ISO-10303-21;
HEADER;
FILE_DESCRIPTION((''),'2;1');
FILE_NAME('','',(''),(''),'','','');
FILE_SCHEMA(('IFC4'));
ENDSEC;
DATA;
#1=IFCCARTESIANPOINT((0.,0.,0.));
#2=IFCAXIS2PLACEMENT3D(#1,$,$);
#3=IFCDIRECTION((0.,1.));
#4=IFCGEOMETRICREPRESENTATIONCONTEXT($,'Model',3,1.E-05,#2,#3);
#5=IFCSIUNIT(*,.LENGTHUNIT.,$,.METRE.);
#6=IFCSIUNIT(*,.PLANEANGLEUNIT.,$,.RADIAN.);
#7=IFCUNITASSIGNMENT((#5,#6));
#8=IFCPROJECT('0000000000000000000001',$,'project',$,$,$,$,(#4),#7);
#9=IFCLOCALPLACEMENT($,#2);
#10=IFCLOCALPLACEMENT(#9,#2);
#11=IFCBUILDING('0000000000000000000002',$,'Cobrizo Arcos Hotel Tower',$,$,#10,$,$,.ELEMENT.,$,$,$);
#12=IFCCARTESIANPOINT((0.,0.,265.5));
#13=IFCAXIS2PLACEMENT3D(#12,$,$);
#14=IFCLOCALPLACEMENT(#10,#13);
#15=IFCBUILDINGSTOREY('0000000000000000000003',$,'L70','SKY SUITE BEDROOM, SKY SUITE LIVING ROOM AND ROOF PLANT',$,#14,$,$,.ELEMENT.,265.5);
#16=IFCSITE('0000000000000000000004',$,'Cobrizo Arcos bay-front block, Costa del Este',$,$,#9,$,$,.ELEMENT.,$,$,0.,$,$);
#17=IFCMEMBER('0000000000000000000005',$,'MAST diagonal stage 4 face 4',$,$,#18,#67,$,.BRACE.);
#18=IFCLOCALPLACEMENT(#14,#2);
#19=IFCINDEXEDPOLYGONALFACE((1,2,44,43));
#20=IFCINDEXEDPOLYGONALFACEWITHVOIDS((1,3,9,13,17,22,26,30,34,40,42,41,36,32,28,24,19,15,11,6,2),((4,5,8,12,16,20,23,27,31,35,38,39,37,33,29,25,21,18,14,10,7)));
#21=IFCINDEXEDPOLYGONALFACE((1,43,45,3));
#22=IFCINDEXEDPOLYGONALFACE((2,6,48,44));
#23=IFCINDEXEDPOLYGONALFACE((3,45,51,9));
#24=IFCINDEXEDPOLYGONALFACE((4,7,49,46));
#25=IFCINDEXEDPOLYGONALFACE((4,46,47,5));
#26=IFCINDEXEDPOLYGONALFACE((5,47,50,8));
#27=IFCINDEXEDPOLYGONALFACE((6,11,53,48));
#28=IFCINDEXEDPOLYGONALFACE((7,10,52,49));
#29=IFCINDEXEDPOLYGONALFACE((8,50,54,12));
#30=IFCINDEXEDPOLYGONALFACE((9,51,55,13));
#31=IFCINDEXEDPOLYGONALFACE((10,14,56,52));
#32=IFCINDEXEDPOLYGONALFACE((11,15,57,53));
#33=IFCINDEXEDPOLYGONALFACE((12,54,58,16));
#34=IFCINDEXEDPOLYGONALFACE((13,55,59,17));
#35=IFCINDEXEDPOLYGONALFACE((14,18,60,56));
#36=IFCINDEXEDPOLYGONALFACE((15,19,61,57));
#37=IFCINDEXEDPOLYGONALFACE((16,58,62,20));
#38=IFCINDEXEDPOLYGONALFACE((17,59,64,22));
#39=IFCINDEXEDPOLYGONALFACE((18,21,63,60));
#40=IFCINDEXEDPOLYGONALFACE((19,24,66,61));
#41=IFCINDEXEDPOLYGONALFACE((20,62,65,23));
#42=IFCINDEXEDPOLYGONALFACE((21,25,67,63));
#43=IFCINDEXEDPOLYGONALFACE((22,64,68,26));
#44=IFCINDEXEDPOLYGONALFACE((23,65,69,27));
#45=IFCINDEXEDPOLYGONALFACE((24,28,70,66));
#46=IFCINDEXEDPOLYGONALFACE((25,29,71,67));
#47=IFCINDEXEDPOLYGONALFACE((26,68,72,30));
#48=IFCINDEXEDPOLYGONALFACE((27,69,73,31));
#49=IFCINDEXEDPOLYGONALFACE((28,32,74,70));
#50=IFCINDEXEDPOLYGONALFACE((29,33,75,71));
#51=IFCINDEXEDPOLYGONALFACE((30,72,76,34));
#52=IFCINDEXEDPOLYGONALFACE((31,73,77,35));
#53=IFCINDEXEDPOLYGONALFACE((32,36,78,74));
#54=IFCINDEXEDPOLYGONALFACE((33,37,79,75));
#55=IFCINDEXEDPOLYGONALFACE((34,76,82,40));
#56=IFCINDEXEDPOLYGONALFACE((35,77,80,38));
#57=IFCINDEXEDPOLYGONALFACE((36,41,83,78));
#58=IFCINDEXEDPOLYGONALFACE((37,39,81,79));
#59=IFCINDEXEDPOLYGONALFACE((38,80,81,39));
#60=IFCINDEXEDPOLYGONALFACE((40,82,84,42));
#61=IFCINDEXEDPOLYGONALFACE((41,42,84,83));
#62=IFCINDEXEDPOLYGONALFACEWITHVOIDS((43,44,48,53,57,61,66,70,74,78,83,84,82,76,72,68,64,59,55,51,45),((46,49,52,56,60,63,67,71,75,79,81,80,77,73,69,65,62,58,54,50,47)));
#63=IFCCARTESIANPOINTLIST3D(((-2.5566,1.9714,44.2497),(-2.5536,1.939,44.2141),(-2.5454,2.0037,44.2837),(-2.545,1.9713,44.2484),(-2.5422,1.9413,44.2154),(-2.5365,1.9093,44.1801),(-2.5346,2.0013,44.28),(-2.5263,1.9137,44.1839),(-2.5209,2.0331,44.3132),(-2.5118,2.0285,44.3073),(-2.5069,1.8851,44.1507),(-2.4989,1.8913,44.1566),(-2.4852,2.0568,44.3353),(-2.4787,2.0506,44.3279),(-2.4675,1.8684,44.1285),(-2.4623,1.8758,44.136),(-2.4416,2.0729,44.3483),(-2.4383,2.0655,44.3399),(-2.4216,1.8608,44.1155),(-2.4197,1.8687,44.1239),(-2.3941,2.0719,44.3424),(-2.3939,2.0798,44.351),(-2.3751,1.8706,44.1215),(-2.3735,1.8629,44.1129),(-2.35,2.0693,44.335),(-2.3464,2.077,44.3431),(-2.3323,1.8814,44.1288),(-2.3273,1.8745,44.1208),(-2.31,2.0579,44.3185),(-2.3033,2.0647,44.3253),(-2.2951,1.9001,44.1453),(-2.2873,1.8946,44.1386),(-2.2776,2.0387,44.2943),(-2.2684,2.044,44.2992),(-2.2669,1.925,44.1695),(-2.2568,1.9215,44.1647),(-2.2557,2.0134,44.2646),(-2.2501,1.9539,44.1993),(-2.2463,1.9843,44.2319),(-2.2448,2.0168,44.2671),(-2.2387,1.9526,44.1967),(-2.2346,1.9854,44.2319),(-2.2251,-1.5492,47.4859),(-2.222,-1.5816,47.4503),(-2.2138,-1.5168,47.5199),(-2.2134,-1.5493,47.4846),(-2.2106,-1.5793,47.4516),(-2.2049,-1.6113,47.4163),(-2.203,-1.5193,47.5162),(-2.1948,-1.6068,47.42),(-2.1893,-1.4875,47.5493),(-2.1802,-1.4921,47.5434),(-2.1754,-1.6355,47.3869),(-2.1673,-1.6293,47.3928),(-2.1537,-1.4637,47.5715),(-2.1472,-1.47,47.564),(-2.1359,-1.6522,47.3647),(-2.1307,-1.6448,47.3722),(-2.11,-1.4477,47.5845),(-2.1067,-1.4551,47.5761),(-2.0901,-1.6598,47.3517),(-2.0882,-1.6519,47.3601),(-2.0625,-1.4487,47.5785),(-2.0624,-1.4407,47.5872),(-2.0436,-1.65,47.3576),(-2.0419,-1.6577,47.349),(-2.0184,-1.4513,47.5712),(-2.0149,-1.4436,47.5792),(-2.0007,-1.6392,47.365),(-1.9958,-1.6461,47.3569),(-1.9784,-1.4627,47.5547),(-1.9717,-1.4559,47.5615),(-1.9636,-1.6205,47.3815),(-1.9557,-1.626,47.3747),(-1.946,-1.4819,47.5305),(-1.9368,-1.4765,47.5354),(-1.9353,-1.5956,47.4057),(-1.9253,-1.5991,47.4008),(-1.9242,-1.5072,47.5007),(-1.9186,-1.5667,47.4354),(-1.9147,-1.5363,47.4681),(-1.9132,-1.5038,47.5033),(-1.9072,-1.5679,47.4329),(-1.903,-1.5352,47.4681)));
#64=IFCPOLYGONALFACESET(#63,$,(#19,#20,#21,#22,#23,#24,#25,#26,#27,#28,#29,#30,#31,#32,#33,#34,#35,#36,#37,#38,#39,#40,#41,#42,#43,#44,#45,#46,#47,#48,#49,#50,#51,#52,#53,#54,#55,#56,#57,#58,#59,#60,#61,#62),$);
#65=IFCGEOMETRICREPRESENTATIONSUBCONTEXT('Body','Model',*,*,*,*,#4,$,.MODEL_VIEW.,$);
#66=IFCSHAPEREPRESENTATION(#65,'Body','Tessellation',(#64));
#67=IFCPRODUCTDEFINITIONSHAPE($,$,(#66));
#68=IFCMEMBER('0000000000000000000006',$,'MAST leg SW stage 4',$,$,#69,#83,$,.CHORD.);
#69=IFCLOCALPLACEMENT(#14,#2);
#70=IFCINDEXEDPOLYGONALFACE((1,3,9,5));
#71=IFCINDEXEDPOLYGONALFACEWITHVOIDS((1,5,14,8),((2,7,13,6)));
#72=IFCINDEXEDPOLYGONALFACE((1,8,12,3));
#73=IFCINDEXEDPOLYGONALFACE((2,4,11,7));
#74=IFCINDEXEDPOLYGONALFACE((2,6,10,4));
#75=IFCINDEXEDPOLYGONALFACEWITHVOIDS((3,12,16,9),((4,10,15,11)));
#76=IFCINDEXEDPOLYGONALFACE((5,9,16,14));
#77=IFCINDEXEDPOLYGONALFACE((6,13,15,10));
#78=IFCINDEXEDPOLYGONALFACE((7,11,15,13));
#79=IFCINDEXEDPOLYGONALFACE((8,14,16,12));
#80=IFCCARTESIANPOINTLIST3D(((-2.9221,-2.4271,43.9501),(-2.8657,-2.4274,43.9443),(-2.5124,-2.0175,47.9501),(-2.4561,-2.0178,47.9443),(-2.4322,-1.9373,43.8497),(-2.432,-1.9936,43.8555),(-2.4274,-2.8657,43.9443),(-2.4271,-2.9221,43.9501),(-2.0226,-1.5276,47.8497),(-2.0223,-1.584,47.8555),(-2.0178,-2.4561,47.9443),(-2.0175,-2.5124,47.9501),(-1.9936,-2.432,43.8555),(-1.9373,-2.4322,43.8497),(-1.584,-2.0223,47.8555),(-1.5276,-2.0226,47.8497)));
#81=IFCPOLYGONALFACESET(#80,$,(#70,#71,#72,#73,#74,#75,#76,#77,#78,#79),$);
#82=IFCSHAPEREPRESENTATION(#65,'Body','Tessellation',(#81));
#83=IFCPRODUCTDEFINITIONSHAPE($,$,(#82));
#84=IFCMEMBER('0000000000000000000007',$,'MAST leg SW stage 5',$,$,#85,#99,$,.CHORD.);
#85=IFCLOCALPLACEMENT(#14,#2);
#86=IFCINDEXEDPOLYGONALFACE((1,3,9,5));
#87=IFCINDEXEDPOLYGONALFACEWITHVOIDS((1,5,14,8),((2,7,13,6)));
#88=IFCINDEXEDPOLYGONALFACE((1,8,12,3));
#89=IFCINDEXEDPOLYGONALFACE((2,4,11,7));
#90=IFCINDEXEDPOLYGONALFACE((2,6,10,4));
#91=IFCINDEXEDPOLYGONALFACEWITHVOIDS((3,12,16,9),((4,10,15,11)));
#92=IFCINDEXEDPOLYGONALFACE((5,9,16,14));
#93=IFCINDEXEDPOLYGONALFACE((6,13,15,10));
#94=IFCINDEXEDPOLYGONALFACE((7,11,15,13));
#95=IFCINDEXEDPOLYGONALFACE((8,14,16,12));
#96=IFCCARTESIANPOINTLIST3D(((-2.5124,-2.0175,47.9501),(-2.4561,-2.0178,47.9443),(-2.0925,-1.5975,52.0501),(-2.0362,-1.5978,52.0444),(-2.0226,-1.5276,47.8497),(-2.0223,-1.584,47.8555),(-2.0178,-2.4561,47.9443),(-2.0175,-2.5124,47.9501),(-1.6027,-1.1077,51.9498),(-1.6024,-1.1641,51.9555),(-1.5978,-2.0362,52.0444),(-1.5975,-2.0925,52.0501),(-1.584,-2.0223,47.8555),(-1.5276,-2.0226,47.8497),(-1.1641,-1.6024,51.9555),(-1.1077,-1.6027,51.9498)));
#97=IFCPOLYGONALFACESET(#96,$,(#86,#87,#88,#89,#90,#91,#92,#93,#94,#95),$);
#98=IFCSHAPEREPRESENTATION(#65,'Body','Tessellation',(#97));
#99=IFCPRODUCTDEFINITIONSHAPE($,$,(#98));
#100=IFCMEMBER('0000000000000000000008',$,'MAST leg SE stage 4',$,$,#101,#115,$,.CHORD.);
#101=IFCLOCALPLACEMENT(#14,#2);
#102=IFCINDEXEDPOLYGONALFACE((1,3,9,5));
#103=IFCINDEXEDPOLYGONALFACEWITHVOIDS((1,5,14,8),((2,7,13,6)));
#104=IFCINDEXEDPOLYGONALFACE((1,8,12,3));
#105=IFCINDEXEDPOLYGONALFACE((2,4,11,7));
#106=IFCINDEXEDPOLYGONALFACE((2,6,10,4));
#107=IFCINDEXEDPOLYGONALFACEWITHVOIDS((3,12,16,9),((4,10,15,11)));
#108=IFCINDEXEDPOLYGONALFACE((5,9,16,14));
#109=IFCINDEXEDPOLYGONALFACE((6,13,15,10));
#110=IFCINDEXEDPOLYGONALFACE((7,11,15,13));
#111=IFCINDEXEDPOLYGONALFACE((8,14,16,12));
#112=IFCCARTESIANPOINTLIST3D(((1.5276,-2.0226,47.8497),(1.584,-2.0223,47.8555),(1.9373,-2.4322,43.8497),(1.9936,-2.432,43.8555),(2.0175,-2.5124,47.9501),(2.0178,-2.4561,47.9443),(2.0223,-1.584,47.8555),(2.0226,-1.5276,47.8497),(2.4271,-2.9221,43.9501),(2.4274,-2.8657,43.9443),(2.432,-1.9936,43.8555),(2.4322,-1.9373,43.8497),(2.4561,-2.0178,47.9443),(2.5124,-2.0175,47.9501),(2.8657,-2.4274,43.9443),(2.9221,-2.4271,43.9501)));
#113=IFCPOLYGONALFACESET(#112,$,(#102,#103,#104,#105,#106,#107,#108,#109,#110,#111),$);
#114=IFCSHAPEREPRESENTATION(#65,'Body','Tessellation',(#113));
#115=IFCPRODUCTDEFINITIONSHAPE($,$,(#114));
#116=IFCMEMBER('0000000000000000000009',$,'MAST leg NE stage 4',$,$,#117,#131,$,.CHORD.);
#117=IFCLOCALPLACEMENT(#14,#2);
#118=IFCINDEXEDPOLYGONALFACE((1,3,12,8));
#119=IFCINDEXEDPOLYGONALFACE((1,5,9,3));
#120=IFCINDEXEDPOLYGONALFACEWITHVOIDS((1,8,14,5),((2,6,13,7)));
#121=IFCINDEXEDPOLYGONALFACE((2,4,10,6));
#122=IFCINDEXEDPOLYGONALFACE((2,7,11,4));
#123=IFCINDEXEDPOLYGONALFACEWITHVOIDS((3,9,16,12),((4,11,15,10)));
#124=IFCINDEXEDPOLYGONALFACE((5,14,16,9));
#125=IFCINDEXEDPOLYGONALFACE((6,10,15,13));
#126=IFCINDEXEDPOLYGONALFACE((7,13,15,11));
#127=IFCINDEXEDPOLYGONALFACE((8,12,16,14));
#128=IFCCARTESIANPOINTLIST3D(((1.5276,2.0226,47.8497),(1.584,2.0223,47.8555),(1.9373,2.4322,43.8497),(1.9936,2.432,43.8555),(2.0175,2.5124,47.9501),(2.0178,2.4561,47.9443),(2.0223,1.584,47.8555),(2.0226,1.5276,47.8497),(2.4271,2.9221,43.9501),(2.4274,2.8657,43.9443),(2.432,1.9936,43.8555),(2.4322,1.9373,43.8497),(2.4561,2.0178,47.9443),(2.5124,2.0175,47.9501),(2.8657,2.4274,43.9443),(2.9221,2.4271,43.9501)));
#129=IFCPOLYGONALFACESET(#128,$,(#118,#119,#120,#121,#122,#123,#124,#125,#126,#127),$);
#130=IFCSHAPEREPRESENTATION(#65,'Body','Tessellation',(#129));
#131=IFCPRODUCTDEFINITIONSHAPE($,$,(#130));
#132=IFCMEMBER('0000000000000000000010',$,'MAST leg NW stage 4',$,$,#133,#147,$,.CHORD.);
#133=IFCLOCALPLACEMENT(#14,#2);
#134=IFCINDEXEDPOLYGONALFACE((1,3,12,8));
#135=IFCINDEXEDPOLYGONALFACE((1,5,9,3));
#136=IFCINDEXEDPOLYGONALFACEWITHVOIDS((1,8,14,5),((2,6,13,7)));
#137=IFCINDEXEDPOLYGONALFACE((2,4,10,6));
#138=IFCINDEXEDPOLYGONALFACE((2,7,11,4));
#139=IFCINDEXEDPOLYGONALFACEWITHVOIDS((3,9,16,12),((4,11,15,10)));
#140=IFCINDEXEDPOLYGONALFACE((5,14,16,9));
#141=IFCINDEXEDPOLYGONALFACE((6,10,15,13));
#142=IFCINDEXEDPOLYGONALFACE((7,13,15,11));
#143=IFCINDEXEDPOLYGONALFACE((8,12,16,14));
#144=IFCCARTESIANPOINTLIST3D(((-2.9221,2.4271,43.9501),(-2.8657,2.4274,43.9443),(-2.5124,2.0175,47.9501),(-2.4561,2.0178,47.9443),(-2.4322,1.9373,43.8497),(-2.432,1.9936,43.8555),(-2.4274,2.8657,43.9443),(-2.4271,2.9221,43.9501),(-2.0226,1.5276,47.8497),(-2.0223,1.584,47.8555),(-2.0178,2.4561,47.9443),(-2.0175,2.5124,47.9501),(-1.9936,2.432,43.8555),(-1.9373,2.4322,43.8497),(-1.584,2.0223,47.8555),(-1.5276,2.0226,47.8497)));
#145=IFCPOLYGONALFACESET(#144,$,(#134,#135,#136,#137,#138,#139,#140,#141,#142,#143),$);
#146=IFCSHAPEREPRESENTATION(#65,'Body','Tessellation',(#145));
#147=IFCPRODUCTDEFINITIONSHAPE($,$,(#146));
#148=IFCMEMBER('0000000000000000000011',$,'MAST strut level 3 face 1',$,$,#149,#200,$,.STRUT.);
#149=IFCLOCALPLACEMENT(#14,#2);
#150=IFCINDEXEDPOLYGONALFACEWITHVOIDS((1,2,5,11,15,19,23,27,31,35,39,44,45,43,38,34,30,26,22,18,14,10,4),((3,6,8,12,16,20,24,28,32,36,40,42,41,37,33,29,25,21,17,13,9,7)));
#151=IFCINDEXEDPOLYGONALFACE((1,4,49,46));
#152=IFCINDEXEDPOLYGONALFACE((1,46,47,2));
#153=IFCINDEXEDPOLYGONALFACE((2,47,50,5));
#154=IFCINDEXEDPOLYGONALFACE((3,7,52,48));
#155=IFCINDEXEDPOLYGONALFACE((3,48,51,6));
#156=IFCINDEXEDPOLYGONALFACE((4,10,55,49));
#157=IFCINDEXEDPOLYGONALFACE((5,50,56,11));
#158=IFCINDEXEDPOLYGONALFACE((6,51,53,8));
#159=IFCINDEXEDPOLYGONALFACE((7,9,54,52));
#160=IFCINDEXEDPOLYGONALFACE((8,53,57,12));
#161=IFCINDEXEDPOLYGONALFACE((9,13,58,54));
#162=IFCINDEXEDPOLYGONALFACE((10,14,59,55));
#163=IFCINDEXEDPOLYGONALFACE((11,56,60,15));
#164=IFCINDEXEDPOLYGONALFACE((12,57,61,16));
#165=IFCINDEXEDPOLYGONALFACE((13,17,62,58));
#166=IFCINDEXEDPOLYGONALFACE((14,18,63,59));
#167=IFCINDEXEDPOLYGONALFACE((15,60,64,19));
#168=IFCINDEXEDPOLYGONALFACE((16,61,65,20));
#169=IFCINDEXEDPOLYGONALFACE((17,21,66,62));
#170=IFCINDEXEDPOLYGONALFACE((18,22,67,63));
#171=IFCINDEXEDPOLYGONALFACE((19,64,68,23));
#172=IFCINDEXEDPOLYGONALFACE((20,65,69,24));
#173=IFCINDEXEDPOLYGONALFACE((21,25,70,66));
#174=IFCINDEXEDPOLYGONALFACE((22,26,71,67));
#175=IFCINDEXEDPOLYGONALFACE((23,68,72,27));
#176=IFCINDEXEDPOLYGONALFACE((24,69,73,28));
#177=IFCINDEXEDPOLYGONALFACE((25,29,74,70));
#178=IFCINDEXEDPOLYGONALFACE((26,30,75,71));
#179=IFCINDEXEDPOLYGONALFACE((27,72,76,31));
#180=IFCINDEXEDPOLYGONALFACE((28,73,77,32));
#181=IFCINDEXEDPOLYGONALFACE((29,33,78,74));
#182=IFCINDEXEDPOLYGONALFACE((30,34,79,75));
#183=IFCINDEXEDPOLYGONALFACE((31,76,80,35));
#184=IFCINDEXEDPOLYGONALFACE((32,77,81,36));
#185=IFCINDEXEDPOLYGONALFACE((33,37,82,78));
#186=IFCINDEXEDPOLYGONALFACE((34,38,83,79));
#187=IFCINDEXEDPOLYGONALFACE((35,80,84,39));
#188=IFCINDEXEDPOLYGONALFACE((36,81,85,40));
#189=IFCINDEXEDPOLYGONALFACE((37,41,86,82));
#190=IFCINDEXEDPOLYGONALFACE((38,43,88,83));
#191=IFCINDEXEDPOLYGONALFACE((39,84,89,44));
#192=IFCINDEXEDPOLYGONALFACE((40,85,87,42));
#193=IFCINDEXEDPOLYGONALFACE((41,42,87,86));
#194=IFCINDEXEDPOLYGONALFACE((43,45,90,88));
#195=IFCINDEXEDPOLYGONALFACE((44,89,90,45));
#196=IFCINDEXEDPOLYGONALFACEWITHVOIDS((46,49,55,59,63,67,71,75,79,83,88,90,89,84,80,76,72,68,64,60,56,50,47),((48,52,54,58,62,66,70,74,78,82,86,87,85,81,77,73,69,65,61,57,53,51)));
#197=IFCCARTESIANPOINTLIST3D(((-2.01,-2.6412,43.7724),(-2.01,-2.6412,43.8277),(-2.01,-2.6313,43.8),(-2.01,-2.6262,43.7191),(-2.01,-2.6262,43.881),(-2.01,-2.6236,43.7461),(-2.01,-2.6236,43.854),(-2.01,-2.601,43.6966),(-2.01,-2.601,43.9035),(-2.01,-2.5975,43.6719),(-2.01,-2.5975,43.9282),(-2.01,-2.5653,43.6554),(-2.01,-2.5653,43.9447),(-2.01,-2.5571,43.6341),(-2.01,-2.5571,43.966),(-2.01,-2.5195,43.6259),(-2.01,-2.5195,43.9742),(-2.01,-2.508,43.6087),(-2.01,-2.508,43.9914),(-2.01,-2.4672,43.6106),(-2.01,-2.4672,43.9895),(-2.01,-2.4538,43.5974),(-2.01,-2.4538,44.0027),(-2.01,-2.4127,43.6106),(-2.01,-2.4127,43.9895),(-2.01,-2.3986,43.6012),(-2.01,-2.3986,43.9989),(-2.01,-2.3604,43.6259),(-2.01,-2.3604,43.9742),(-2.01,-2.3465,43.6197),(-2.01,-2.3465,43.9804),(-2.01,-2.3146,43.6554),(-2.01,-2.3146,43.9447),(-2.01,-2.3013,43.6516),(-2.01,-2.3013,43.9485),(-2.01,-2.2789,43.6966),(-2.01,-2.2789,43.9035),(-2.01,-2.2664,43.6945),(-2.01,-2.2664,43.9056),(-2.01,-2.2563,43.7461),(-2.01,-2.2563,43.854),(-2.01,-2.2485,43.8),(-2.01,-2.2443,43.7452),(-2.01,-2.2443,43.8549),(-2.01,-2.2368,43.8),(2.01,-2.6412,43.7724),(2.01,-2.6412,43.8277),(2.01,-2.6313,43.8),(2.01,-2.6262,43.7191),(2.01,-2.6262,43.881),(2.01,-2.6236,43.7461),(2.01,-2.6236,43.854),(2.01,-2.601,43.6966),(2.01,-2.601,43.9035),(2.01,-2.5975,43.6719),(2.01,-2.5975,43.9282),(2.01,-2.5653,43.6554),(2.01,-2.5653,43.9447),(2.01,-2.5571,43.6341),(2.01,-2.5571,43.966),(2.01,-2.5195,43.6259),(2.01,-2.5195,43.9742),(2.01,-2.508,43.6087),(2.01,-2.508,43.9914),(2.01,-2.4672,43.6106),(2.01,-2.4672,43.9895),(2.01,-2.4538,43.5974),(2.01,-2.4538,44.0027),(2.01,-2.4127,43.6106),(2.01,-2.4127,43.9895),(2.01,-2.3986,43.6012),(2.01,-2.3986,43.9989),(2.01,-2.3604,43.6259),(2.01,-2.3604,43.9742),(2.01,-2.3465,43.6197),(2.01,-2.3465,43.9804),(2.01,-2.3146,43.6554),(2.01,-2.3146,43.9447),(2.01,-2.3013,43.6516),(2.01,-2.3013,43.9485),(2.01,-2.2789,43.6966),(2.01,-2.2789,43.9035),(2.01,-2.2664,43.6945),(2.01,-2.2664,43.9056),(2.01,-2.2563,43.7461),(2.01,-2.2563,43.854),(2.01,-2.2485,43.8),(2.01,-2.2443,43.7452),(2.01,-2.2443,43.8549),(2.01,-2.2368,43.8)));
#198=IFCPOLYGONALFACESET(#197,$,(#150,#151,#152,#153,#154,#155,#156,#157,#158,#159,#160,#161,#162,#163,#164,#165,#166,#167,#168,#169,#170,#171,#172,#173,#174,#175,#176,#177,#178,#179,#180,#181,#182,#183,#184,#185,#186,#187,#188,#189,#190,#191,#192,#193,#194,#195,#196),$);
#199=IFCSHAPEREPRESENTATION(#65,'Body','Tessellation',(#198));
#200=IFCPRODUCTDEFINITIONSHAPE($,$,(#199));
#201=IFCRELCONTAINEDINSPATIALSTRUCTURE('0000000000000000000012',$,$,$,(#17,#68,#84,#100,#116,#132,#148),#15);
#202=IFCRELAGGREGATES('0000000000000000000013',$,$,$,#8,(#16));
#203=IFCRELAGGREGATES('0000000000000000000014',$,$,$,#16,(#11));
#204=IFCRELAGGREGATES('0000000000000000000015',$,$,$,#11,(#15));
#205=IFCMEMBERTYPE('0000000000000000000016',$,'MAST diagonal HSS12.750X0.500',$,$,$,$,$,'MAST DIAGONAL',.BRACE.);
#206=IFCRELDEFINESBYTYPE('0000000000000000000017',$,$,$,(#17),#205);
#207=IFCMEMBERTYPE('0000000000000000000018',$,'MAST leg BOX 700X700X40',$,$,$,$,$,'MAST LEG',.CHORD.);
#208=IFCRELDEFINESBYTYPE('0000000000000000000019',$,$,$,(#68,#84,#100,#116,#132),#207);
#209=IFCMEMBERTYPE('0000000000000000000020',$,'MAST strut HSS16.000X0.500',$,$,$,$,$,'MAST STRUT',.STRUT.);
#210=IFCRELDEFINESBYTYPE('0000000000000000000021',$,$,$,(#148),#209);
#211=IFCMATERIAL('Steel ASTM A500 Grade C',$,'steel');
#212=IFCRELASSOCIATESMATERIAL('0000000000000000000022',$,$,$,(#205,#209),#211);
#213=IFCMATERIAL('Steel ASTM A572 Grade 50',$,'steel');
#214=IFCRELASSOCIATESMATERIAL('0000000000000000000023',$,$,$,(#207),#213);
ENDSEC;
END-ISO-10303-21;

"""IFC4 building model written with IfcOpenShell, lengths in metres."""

from ifc_helpers import new_model, si_unit, direction, frame, origin, origin_2d, place, context, subcontext, project, spatial, hollow_rectangle, hollow_circle, extrude, material, material_profile, profile_set, type_object, element, save


model = new_model("IFC4")

# Units and contexts
model_context = context("Model", 3, precision=1e-05, world=origin(), true_north=direction((0.0, 1.0)))
body_context = subcontext(model_context, "Body", "Model", "MODEL_VIEW")
ifc_project = project(units=[si_unit("LENGTHUNIT", "METRE"), si_unit("PLANEANGLEUNIT", "RADIAN")], contexts=[model_context])

# Site, building, storey
site_placement = place(None, origin())
site = spatial("IfcSite", under=ifc_project, at=site_placement, Name="Cobrizo Arcos bay-front block, Costa del Este", CompositionType="ELEMENT", RefElevation=0.0)
building_placement = place(site_placement, origin())
building = spatial("IfcBuilding", under=site, at=building_placement, Name="Cobrizo Arcos Hotel Tower", CompositionType="ELEMENT")
storey_placement = place(building_placement, frame((0.0, 0.0, 265.5)))
storey = spatial("IfcBuildingStorey", under=building, at=storey_placement, Name="L70", Description="SKY SUITE BEDROOM, SKY SUITE LIVING ROOM AND ROOF PLANT", CompositionType="ELEMENT", Elevation=265.5)

# Shared definitions
ifc_material_1 = material(Name="Steel ASTM A572 Grade 50", Category="steel")

# Members
ifc_material_2 = material(Name="Steel ASTM A500 Grade C", Category="steel")
ifc_material_profile_1 = material_profile(ifc_material_2, hollow_circle(Radius=0.1619, WallThickness=0.0117, at=origin_2d()), Name="HSS12.750X0.500")
ifc_profile_set_1 = profile_set([ifc_material_profile_1], Name="Steel ASTM A500 Grade C")
member_type_1 = type_object("IfcMemberType", Name="MAST diagonal HSS12.750X0.500", ElementType="MAST DIAGONAL", PredefinedType="BRACE", material=ifc_profile_set_1)
for number, where, z_axis, x_axis, name in (
    (1, (-2.3958, 1.9702, 44.2319), (0.069167, -0.734458, 0.67512), (0.995595, 0.09376, 0.0), "MAST diagonal stage 4 face 4"),
):
    element("IfcMember", number, at=place(storey_placement, frame(where, z_axis=z_axis, x_axis=x_axis)), inside=storey, type_object=member_type_1, Name=name, PredefinedType="BRACE", context=body_context, shape_type="SweptSolid", body=[
        extrude(hollow_circle(Radius=0.1619, WallThickness=0.0117, at=origin_2d()), origin(), (0.0, 0.0, 1.0), 4.7935),
    ])
ifc_material_profile_2 = material_profile(ifc_material_1, hollow_rectangle(XDim=0.7, YDim=0.7, WallThickness=0.04, at=origin_2d()), Name="BOX 700X700X40")
ifc_profile_set_2 = profile_set([ifc_material_profile_2], Name="Steel ASTM A572 Grade 50")
member_type_2 = type_object("IfcMemberType", Name="MAST leg BOX 700X700X40", ElementType="MAST LEG", PredefinedType="CHORD", material=ifc_profile_set_2)
member_1_placement = place(storey_placement, frame((-2.4297, -2.4297, 43.8999), z_axis=(0.101359, 0.101359, 0.989673), x_axis=(-0.707107, 0.707107, 0.0)))
element("IfcMember", 2, at=member_1_placement, inside=storey, type_object=member_type_2, Name="MAST leg SW stage 4", PredefinedType="CHORD", context=body_context, shape_type="SweptSolid", body=[
    extrude(hollow_rectangle(XDim=0.7, YDim=0.7, WallThickness=0.04, at=origin_2d()), origin(), (0.0, 0.0, 1.0), 4.0417),
])
member_2_placement = place(storey_placement, frame((-2.02, -2.02, 47.8999), z_axis=(0.10136, 0.10136, 0.989673), x_axis=(-0.707107, 0.707107, 0.0)))
element("IfcMember", 3, at=member_2_placement, inside=storey, type_object=member_type_2, Name="MAST leg SW stage 5", PredefinedType="CHORD", context=body_context, shape_type="SweptSolid", body=[
    extrude(hollow_rectangle(XDim=0.7, YDim=0.7, WallThickness=0.04, at=origin_2d()), origin(), (0.0, 0.0, 1.0), 4.1428),
])
for number, where, z_axis, x_axis, name in (
    (4, (2.4297, -2.4297, 43.8999), (-0.101359, 0.101359, 0.989673), (-0.707107, -0.707107, 0.0), "MAST leg SE stage 4"),
    (5, (2.4297, 2.4297, 43.8999), (-0.101359, -0.101359, 0.989673), (0.707107, -0.707107, 0.0), "MAST leg NE stage 4"),
    (6, (-2.4297, 2.4297, 43.8999), (0.101359, -0.101359, 0.989673), (0.707107, 0.707107, 0.0), "MAST leg NW stage 4"),
):
    element("IfcMember", number, at=place(storey_placement, frame(where, z_axis=z_axis, x_axis=x_axis)), inside=storey, type_object=member_type_2, Name=name, PredefinedType="CHORD", context=body_context, shape_type="SweptSolid", body=[
        extrude(hollow_rectangle(XDim=0.7, YDim=0.7, WallThickness=0.04, at=origin_2d()), origin(), (0.0, 0.0, 1.0), 4.0417),
    ])
ifc_material_profile_3 = material_profile(ifc_material_2, hollow_circle(Radius=0.2031, WallThickness=0.0117, at=origin_2d()), Name="HSS16.000X0.500")
ifc_profile_set_3 = profile_set([ifc_material_profile_3], Name="Steel ASTM A500 Grade C")
member_type_3 = type_object("IfcMemberType", Name="MAST strut HSS16.000X0.500", ElementType="MAST STRUT", PredefinedType="STRUT", material=ifc_profile_set_3)
for number, where, z_axis, x_axis, name in (
    (7, (-2.01, -2.4399, 43.8), (1.0, 0.0, 0.0), (0.0, 1.0, 0.0), "MAST strut level 3 face 1"),
):
    element("IfcMember", number, at=place(storey_placement, frame(where, z_axis=z_axis, x_axis=x_axis)), inside=storey, type_object=member_type_3, Name=name, PredefinedType="STRUT", context=body_context, shape_type="SweptSolid", body=[
        extrude(hollow_circle(Radius=0.2031, WallThickness=0.0117, at=origin_2d()), origin(), (0.0, 0.0, 1.0), 4.02),
    ])

save(model, "model.ifc")
